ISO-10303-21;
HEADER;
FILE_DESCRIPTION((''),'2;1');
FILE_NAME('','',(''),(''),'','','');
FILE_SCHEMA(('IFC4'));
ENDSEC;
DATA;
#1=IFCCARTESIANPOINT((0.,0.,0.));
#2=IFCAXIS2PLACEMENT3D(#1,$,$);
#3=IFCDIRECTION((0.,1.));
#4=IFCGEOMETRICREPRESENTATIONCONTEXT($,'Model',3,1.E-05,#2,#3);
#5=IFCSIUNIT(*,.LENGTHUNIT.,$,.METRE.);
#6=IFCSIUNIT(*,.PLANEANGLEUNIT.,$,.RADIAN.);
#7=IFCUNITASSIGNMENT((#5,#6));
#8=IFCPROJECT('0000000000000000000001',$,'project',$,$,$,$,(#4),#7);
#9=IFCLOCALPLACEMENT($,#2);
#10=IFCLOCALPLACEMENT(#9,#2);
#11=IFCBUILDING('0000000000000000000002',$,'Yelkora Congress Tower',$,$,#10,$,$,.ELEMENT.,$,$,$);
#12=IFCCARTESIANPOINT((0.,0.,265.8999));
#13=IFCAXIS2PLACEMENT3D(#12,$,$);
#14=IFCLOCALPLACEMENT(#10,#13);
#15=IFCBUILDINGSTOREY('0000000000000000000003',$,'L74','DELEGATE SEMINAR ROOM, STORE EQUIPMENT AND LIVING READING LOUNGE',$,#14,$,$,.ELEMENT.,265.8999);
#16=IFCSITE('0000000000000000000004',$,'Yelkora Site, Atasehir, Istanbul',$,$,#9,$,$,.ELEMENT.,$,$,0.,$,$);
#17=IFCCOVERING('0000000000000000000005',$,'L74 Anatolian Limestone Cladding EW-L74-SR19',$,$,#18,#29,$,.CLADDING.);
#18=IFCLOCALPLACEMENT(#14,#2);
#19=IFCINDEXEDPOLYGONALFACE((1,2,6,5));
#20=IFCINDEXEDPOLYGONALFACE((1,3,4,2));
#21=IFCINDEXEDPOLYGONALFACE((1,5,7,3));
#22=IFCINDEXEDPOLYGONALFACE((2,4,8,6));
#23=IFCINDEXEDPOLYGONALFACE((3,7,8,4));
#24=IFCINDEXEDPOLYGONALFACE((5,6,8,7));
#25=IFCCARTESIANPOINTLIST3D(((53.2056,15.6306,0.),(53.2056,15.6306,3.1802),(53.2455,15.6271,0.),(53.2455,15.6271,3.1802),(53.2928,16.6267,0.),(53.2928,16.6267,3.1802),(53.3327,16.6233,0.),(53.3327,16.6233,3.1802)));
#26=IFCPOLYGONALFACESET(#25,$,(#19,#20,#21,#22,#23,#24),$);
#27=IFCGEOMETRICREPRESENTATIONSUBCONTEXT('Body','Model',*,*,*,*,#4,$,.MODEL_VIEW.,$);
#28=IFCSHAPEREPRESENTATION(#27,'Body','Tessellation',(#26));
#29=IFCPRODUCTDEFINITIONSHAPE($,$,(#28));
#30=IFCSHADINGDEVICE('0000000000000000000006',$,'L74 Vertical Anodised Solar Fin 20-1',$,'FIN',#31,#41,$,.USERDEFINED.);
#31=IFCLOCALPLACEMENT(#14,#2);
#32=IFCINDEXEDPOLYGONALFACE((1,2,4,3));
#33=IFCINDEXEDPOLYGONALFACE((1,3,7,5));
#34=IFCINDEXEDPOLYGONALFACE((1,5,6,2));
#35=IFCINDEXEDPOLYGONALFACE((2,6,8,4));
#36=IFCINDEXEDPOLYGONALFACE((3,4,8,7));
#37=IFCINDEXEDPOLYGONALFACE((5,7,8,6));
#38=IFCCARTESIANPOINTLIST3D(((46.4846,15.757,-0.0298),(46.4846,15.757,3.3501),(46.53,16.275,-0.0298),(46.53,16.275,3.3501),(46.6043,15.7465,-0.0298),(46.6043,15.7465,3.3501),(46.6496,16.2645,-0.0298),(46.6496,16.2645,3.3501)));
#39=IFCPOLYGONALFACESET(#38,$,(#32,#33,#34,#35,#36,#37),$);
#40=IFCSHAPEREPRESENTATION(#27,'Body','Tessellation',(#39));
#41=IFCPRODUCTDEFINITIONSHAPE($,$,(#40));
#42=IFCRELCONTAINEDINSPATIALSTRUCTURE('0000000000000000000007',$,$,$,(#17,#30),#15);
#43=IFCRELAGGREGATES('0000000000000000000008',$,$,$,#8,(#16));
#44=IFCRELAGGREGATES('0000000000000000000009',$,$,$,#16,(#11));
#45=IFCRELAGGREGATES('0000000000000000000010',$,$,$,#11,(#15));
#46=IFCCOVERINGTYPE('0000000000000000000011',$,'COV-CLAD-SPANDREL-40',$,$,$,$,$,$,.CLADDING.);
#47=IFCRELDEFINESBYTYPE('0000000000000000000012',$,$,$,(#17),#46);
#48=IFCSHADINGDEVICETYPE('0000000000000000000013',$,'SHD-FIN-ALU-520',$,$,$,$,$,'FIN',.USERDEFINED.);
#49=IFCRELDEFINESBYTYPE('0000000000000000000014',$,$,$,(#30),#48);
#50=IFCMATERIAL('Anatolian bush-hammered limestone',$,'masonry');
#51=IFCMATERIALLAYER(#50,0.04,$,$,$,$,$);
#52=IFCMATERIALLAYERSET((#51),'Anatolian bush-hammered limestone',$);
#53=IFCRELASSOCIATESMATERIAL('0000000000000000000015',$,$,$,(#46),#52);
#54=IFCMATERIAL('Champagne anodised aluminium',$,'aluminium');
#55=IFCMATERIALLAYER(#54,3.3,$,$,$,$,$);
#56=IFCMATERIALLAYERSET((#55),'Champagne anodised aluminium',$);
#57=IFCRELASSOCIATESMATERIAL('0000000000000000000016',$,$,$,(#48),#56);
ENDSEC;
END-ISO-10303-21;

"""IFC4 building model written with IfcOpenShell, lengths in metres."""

from ifc_helpers import new_model, si_unit, direction, frame, frame_2d, origin, origin_2d, place, context, subcontext, project, spatial, rectangle, extrude, material, layer, layer_set, type_object, element, save


model = new_model("IFC4")

# Units and contexts
model_context = context("Model", 3, precision=1e-05, world=origin(), true_north=direction((0.0, 1.0)))
body_context = subcontext(model_context, "Body", "Model", "MODEL_VIEW")
ifc_project = project(units=[si_unit("LENGTHUNIT", "METRE"), si_unit("PLANEANGLEUNIT", "RADIAN")], contexts=[model_context])

# Site, building, storey
site_placement = place(None, origin())
site = spatial("IfcSite", under=ifc_project, at=site_placement, Name="Yelkora Site, Atasehir, Istanbul", CompositionType="ELEMENT", RefElevation=0.0)
building_placement = place(site_placement, origin())
building = spatial("IfcBuilding", under=site, at=building_placement, Name="Yelkora Congress Tower", CompositionType="ELEMENT")
storey_placement = place(building_placement, frame((0.0, 0.0, 265.8999)))
storey = spatial("IfcBuildingStorey", under=building, at=storey_placement, Name="L74", Description="DELEGATE SEMINAR ROOM, STORE EQUIPMENT AND LIVING READING LOUNGE", CompositionType="ELEMENT", Elevation=265.8999)

# Covering
ifc_material_1 = material(Name="Anatolian bush-hammered limestone", Category="masonry")
ifc_layer_1 = layer(ifc_material_1, 0.04)
ifc_layer_set_1 = layer_set([ifc_layer_1], Name="Anatolian bush-hammered limestone")
covering_type = type_object("IfcCoveringType", Name="COV-CLAD-SPANDREL-40", PredefinedType="CLADDING", material=ifc_layer_set_1)
covering_1_placement = place(storey_placement, frame((53.3127, 16.625, 0.0), z_axis=(0.0, 0.0, 1.0), x_axis=(-0.087167, -0.996194, 0.0)))
element("IfcCovering", 1, at=covering_1_placement, inside=storey, type_object=covering_type, Name="L74 Anatolian Limestone Cladding EW-L74-SR19", PredefinedType="CLADDING", context=body_context, shape_type="SweptSolid", body=[
    extrude(rectangle(XDim=1.0, YDim=0.04, at=frame_2d((0.5, 0.0))), origin(), (0.0, 0.0, 1.0), 3.1802),
])

# Shading device
ifc_material_2 = material(Name="Champagne anodised aluminium", Category="aluminium")
ifc_layer_2 = layer(ifc_material_2, 3.3)
ifc_layer_set_2 = layer_set([ifc_layer_2], Name="Champagne anodised aluminium")
shading_device_type = type_object("IfcShadingDeviceType", Name="SHD-FIN-ALU-520", ElementType="FIN", PredefinedType="USERDEFINED", material=ifc_layer_set_2)
shading_device_placement = place(storey_placement, frame((46.5671, 16.0107, -0.0298), z_axis=(0.0, 0.0, 1.0), x_axis=(-0.996195, 0.087156, 0.0)))
element("IfcShadingDevice", 2, at=shading_device_placement, inside=storey, type_object=shading_device_type, Name="L74 Vertical Anodised Solar Fin 20-1", ObjectType="FIN", PredefinedType="USERDEFINED", context=body_context, shape_type="SweptSolid", body=[
    extrude(rectangle(XDim=0.1201, YDim=0.52, at=origin_2d()), origin(), (0.0, 0.0, 1.0), 3.3799),
])

save(model, "model.ifc")
